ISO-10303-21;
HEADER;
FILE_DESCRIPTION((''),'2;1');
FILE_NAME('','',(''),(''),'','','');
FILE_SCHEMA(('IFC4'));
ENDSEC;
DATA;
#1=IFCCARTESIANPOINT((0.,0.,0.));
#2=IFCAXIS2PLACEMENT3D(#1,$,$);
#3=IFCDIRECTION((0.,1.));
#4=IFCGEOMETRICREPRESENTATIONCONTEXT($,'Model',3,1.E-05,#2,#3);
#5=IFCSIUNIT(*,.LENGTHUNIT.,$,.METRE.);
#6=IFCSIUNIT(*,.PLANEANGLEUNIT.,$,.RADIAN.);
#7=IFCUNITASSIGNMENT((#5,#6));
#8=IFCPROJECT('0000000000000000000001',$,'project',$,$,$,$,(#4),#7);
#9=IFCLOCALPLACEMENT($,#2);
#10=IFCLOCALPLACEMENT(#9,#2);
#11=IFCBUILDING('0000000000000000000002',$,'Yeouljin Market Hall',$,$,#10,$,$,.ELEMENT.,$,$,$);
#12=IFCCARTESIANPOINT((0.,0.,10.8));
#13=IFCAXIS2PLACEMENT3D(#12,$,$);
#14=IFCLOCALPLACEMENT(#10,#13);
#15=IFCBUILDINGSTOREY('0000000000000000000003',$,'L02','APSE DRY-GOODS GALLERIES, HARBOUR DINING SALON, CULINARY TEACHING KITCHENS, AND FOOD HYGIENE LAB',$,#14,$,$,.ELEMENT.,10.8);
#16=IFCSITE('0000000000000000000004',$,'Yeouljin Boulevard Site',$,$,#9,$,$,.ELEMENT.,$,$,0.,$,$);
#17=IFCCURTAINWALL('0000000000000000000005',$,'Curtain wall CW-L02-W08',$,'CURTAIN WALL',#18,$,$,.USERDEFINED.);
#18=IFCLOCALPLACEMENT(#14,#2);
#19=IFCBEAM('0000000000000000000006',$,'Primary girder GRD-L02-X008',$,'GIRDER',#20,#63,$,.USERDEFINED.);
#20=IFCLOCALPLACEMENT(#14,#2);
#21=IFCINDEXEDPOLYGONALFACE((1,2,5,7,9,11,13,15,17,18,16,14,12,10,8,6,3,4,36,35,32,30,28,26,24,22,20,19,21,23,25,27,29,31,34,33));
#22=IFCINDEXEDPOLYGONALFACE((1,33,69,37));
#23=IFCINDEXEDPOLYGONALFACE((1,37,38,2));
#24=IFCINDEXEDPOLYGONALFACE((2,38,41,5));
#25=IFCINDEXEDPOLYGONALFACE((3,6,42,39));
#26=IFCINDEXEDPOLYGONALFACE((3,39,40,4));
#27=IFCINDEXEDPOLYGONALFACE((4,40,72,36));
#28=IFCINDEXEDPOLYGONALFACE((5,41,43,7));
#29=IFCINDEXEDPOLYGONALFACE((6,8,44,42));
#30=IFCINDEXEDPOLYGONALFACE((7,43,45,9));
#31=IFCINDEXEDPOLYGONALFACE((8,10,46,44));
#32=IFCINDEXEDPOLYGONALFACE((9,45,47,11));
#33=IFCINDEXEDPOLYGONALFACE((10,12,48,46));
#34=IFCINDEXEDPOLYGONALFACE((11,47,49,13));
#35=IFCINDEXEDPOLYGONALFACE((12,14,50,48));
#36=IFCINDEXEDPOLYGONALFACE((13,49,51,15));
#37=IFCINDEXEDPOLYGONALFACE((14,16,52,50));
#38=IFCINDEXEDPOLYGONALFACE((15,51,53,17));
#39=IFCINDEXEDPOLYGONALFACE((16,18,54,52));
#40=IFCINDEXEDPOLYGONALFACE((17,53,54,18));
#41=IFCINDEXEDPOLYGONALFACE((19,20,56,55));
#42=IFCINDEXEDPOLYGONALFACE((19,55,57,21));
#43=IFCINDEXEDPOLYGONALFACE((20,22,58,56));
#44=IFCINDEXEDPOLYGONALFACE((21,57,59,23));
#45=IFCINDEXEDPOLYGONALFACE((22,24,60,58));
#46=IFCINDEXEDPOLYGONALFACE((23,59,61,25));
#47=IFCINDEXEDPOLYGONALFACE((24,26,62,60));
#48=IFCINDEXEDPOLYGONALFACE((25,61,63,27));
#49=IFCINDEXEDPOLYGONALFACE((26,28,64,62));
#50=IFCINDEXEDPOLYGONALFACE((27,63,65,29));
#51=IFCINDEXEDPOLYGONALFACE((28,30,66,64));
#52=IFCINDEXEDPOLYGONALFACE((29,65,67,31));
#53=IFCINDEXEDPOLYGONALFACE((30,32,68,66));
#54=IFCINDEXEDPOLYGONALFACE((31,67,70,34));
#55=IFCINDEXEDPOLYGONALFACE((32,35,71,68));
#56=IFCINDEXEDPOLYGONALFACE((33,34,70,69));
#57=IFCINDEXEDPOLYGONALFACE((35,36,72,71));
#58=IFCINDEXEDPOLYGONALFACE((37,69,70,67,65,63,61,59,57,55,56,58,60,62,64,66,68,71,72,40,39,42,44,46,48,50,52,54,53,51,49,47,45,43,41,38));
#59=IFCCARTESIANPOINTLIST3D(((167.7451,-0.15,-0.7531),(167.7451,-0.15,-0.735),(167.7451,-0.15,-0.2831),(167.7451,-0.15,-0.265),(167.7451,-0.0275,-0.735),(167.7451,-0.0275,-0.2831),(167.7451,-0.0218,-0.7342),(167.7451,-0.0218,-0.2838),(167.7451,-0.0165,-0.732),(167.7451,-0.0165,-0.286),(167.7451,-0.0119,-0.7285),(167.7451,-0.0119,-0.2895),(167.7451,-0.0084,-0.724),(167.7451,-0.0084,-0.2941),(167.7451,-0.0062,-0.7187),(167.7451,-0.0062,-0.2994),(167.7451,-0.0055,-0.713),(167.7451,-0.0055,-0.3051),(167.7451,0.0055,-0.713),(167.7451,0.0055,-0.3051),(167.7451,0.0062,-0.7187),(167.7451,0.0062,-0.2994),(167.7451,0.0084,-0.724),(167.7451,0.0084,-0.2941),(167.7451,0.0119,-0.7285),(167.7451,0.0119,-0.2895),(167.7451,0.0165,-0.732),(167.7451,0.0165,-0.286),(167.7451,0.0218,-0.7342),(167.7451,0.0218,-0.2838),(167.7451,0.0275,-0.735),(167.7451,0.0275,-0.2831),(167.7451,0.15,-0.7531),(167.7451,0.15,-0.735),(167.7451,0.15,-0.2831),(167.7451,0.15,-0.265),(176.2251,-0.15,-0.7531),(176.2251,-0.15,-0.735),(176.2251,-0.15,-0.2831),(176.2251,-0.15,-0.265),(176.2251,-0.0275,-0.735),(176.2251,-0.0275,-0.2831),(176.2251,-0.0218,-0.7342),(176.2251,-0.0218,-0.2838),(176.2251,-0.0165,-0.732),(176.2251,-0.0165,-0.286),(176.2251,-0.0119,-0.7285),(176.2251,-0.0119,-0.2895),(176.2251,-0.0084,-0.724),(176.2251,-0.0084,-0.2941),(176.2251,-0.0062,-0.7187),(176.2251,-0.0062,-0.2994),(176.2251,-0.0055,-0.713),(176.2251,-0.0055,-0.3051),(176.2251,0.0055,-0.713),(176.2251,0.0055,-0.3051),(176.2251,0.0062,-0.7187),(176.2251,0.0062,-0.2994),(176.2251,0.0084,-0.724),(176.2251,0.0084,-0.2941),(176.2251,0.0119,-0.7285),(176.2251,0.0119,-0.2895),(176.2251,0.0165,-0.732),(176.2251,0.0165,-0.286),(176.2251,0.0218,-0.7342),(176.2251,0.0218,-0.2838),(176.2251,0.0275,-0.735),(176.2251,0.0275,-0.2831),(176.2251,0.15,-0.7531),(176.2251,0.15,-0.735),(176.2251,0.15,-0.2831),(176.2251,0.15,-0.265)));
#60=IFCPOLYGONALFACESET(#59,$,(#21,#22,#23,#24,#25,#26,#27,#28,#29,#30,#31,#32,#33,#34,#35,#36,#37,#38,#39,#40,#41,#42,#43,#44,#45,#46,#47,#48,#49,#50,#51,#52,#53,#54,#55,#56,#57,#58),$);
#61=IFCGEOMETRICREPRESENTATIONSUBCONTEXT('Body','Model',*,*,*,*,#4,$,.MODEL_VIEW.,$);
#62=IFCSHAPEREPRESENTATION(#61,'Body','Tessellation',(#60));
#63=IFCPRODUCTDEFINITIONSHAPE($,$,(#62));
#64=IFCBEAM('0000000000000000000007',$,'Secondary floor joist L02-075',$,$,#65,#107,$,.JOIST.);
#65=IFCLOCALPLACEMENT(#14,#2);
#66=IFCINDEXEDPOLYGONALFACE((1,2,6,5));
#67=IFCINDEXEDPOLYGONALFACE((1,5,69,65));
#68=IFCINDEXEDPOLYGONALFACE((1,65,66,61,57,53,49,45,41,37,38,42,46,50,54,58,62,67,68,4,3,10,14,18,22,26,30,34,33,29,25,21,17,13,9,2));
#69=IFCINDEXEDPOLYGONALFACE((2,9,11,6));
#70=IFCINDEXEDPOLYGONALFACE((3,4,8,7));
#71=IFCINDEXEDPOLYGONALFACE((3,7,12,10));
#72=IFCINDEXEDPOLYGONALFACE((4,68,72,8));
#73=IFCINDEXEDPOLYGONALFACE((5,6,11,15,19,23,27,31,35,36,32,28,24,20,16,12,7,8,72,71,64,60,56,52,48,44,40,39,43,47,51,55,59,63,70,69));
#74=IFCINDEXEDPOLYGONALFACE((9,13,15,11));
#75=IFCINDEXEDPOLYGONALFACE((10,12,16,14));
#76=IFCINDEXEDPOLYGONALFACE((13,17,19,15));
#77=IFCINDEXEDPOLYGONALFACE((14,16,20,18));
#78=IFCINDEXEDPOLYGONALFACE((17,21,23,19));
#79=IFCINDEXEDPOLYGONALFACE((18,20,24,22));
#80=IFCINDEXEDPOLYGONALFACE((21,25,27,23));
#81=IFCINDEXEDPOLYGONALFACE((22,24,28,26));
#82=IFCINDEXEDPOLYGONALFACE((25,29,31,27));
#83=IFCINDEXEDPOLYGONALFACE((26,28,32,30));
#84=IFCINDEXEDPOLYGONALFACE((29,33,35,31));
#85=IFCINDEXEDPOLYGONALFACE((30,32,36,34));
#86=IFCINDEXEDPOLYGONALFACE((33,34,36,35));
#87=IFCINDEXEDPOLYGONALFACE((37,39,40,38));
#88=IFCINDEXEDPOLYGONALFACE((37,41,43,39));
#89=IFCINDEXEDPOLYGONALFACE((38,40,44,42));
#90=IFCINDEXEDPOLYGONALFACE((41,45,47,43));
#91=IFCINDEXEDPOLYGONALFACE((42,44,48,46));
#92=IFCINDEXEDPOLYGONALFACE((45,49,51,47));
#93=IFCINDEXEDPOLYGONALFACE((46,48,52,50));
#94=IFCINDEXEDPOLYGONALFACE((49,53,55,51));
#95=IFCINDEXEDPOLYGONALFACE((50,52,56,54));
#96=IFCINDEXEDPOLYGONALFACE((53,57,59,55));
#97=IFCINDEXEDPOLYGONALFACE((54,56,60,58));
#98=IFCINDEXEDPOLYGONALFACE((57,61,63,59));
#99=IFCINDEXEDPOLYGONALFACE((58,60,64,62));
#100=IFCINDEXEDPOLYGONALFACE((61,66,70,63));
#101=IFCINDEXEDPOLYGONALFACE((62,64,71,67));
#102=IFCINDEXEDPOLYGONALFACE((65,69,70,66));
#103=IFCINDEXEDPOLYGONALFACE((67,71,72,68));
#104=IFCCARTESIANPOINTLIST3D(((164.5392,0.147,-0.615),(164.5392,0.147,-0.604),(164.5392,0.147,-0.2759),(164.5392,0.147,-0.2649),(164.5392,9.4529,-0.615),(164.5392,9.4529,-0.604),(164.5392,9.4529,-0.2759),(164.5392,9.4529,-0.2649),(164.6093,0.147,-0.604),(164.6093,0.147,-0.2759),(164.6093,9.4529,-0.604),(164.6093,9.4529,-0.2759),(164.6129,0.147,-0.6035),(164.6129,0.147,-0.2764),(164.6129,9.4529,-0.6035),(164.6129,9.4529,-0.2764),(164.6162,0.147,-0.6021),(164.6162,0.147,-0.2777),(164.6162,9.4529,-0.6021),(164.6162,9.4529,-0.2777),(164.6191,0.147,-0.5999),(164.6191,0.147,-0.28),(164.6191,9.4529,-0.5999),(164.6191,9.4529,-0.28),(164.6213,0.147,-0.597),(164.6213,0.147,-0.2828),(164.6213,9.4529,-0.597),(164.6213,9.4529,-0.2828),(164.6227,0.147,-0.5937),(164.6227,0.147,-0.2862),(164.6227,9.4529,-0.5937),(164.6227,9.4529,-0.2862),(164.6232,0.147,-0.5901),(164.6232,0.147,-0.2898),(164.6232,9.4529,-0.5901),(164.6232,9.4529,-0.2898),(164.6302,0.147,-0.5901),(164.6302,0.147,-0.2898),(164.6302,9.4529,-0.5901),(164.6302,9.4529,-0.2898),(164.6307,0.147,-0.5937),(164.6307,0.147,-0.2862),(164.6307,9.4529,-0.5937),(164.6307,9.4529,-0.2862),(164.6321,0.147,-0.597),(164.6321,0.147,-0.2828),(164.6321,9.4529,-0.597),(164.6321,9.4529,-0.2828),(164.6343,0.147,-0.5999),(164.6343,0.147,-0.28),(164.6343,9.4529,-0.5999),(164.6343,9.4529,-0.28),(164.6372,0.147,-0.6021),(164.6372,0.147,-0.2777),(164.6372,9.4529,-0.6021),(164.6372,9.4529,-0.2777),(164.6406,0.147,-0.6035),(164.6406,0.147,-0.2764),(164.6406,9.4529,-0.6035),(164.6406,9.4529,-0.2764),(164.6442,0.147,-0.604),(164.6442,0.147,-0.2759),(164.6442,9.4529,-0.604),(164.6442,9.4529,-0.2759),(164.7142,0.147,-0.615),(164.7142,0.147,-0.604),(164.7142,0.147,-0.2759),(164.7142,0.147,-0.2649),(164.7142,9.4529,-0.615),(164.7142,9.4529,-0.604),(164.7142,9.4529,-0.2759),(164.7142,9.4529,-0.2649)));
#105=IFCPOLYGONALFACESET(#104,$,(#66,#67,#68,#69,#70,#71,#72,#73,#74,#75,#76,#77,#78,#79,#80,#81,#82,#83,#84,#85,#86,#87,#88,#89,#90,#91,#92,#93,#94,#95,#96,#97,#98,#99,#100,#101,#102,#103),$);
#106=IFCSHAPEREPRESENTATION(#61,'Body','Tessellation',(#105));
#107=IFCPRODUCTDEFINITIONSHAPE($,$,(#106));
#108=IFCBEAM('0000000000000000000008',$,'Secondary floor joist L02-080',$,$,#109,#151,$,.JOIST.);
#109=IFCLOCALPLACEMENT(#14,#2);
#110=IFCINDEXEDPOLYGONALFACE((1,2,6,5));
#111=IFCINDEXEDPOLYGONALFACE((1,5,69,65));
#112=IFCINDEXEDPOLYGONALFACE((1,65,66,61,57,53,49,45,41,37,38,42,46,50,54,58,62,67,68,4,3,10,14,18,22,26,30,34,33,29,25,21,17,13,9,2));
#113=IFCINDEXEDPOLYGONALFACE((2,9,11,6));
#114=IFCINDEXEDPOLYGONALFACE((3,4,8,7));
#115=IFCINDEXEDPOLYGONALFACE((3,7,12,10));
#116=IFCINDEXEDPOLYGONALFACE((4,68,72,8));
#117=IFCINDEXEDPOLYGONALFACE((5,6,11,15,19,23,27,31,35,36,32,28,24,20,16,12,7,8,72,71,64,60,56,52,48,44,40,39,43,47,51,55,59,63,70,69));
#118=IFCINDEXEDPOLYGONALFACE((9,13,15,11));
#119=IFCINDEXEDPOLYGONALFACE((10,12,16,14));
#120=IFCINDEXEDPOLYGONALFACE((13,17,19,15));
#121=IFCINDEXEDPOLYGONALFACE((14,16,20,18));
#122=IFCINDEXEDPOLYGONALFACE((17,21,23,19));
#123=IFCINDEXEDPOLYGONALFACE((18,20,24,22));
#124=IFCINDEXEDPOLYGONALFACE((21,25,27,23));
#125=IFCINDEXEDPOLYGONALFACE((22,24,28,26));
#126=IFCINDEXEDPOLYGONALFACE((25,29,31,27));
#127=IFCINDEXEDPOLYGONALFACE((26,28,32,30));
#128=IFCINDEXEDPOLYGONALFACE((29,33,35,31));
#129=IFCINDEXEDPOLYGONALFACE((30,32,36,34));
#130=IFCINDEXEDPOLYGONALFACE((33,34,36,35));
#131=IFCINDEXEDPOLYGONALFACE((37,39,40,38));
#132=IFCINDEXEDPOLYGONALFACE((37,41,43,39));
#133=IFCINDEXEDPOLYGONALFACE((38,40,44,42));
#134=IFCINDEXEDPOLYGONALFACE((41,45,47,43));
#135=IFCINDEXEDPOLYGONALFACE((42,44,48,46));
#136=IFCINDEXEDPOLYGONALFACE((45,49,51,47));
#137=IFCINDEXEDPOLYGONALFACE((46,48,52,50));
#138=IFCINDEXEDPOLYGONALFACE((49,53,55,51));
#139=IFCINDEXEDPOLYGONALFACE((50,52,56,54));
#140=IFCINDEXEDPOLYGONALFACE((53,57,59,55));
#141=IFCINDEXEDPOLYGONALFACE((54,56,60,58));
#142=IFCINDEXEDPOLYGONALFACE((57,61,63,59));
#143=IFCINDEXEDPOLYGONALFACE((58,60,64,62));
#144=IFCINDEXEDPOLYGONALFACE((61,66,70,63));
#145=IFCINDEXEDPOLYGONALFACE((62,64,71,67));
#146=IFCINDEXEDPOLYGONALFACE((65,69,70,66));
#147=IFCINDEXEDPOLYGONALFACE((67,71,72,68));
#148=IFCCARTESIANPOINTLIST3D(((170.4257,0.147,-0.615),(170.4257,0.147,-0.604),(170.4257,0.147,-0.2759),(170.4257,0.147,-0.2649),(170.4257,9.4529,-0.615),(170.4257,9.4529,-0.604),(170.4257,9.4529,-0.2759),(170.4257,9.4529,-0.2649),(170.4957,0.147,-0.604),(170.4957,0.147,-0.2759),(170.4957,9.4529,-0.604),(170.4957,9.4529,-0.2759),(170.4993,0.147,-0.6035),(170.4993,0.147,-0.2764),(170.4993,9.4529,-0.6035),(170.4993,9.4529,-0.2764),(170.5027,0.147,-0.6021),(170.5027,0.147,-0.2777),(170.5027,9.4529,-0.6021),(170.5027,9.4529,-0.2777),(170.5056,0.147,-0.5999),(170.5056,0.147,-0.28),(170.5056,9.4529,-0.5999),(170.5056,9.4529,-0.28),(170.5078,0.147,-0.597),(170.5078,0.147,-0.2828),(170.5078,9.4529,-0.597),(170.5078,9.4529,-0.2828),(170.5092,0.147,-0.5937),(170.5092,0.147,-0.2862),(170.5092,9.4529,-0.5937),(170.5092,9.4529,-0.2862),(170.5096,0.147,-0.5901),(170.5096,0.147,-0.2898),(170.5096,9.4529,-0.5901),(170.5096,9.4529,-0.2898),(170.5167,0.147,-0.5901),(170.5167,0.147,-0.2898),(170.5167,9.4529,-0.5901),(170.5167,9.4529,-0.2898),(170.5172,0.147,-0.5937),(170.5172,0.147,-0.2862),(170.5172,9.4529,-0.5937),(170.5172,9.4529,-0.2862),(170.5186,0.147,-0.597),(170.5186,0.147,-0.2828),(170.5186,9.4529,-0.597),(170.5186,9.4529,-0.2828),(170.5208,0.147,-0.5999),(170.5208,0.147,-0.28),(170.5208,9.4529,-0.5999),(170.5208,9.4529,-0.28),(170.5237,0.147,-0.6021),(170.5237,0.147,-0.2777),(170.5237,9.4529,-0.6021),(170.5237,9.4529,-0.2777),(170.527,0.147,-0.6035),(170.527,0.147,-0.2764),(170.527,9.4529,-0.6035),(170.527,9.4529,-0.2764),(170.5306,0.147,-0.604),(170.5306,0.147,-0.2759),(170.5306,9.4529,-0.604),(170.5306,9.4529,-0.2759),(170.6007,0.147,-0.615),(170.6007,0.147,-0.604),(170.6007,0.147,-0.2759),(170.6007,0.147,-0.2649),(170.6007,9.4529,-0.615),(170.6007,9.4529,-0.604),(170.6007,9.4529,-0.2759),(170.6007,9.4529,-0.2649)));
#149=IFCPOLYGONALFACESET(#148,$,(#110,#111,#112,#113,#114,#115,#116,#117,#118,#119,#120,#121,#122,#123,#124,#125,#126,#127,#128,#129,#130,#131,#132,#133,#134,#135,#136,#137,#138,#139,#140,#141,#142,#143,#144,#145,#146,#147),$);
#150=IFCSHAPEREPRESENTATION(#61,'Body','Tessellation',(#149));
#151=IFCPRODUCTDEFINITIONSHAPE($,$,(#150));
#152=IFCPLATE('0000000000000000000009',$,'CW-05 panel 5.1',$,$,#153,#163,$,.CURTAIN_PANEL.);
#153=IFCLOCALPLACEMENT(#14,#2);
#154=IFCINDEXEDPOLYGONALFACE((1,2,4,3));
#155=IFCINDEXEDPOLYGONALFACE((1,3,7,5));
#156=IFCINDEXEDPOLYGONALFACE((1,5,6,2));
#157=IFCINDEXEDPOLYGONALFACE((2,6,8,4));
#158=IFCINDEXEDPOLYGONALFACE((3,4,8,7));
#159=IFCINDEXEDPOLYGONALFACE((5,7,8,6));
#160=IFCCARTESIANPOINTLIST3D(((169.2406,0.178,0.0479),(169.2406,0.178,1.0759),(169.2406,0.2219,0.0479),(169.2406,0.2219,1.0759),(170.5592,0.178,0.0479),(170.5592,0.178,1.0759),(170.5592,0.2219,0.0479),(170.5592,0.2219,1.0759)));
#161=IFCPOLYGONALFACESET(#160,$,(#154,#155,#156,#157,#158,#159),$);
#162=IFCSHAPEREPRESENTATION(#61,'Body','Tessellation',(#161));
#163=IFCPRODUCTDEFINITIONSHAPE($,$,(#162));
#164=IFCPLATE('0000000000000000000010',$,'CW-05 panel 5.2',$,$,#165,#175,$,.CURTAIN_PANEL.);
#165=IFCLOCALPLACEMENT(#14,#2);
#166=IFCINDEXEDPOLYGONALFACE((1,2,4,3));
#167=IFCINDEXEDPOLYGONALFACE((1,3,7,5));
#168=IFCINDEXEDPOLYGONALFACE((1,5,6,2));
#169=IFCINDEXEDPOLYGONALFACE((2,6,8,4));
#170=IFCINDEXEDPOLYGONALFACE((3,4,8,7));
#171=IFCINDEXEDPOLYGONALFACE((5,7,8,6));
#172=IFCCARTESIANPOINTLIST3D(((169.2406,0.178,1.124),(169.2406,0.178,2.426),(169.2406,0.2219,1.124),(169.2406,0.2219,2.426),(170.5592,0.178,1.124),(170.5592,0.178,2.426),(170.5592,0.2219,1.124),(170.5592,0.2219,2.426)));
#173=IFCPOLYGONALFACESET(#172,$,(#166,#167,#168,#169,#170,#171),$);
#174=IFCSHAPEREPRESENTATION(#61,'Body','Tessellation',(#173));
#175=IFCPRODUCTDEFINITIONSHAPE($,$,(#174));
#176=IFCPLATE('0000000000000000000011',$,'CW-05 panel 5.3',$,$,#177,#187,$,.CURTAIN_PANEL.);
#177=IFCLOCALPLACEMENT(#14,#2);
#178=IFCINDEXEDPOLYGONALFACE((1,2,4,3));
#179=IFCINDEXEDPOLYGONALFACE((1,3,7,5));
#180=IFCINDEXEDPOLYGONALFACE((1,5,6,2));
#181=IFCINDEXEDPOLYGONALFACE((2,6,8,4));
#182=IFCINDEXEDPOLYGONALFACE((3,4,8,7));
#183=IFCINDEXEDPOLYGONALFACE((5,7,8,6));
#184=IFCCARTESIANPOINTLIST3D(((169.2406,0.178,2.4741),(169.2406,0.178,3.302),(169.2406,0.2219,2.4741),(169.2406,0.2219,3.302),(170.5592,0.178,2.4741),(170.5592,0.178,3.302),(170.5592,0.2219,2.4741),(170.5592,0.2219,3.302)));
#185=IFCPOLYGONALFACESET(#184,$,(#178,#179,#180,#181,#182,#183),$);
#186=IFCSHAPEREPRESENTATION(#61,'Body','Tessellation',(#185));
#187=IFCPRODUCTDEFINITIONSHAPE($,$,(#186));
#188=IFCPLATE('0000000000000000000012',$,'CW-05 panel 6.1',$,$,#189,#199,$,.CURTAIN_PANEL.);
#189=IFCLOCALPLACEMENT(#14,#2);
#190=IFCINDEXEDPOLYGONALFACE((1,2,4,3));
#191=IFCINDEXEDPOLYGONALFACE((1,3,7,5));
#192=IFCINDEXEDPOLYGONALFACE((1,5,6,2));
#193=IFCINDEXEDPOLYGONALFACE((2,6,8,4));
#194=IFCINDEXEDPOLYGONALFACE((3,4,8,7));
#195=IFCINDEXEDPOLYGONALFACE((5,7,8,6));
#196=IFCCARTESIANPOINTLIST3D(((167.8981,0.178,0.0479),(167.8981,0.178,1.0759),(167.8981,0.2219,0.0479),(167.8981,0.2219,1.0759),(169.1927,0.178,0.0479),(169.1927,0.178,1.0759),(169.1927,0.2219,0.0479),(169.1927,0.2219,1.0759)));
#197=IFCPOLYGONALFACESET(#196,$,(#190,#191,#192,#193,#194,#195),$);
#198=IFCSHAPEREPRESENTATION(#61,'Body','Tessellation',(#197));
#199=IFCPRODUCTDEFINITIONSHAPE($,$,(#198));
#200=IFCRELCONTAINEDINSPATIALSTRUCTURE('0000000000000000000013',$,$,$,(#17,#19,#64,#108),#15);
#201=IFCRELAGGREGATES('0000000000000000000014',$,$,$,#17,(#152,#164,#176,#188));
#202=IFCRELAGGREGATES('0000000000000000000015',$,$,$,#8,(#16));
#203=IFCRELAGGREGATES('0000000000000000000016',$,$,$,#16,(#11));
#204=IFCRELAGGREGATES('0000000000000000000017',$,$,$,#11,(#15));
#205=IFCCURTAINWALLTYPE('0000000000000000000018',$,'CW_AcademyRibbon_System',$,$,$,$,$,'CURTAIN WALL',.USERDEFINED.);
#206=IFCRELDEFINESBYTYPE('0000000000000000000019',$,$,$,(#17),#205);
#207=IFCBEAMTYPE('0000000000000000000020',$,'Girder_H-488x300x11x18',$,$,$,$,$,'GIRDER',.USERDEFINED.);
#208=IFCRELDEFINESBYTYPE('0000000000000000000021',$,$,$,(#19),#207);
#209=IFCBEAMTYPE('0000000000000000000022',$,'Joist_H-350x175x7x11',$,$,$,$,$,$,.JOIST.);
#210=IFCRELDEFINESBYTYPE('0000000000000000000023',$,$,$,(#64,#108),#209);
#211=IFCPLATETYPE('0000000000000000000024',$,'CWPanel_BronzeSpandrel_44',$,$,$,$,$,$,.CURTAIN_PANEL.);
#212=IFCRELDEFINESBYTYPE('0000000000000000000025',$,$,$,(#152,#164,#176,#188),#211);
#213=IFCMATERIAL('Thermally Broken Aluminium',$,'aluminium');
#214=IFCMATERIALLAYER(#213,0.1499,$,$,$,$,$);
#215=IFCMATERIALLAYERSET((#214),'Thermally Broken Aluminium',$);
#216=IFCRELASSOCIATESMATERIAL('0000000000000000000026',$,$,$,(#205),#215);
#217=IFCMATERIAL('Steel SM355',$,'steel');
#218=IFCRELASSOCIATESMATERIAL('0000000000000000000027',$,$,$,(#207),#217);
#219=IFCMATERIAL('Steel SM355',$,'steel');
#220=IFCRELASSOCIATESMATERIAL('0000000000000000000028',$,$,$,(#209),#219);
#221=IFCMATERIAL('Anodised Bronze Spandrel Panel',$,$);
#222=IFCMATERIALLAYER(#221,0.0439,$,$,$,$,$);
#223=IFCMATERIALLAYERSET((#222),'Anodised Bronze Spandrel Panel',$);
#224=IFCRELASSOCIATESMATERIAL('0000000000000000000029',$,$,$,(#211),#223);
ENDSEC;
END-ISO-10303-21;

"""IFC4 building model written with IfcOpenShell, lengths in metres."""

from ifc_helpers import new_model, si_unit, direction, frame, origin, origin_2d, place, context, subcontext, project, spatial, rectangle, i_section, extrude, material, layer, layer_set, material_profile, profile_set, type_object, element, aggregate, save


model = new_model("IFC4")

# Units and contexts
model_context = context("Model", 3, precision=1e-05, world=origin(), true_north=direction((0.0, 1.0)))
body_context = subcontext(model_context, "Body", "Model", "MODEL_VIEW")
ifc_project = project(units=[si_unit("LENGTHUNIT", "METRE"), si_unit("PLANEANGLEUNIT", "RADIAN")], contexts=[model_context])

# Site, building, storey
site_placement = place(None, origin())
site = spatial("IfcSite", under=ifc_project, at=site_placement, Name="Yeouljin Boulevard Site", CompositionType="ELEMENT", RefElevation=0.0)
building_placement = place(site_placement, origin())
building = spatial("IfcBuilding", under=site, at=building_placement, Name="Yeouljin Market Hall", CompositionType="ELEMENT")
storey_placement = place(building_placement, frame((0.0, 0.0, 10.8)))
storey = spatial("IfcBuildingStorey", under=building, at=storey_placement, Name="L02", Description="APSE DRY-GOODS GALLERIES, HARBOUR DINING SALON, CULINARY TEACHING KITCHENS, AND FOOD HYGIENE LAB", CompositionType="ELEMENT", Elevation=10.8)

# Curtain wall
ifc_material_1 = material(Name="Thermally Broken Aluminium", Category="aluminium")
ifc_layer_1 = layer(ifc_material_1, 0.1499)
ifc_layer_set_1 = layer_set([ifc_layer_1], Name="Thermally Broken Aluminium")
curtain_wall_type = type_object("IfcCurtainWallType", Name="CW_AcademyRibbon_System", ElementType="CURTAIN WALL", PredefinedType="USERDEFINED", material=ifc_layer_set_1)
curtain_wall_placement = place(storey_placement, origin())
curtain_wall = element("IfcCurtainWall", 1, at=curtain_wall_placement, inside=storey, type_object=curtain_wall_type, Name="Curtain wall CW-L02-W08", ObjectType="CURTAIN WALL", PredefinedType="USERDEFINED")

# Beams
ifc_material_2 = material(Name="Steel SM355", Category="steel")
ifc_material_profile_1 = material_profile(ifc_material_2, i_section(OverallWidth=0.3, OverallDepth=0.488, WebThickness=0.011, FlangeThickness=0.0181, FilletRadius=0.022, at=origin_2d()), Name="H-488x300x11x18")
ifc_profile_set_1 = profile_set([ifc_material_profile_1], Name="Steel SM355")
beam_type_1 = type_object("IfcBeamType", Name="Girder_H-488x300x11x18", ElementType="GIRDER", PredefinedType="USERDEFINED", material=ifc_profile_set_1)
beam_1_placement = place(storey_placement, frame((167.7451, 0.0, -0.509), z_axis=(1.0, 0.0, 0.0), x_axis=(0.0, 1.0, 0.0)))
element("IfcBeam", 2, at=beam_1_placement, inside=storey, type_object=beam_type_1, Name="Primary girder GRD-L02-X008", ObjectType="GIRDER", PredefinedType="USERDEFINED", context=body_context, shape_type="SweptSolid", body=[
    extrude(i_section(OverallWidth=0.3, OverallDepth=0.488, WebThickness=0.011, FlangeThickness=0.0181, FilletRadius=0.022, at=origin_2d()), origin(), (0.0, 0.0, 1.0), 8.48),
])
ifc_material_3 = material(Name="Steel SM355", Category="steel")
ifc_material_profile_2 = material_profile(ifc_material_3, i_section(OverallWidth=0.175, OverallDepth=0.3501, WebThickness=0.0071, FlangeThickness=0.011, FilletRadius=0.0139, at=origin_2d()), Name="H-350x175x7x11")
ifc_profile_set_2 = profile_set([ifc_material_profile_2], Name="Steel SM355")
beam_type_2 = type_object("IfcBeamType", Name="Joist_H-350x175x7x11", PredefinedType="JOIST", material=ifc_profile_set_2)
for number, where, z_axis, x_axis, name in (
    (3, (164.6267, 0.147, -0.4399), (0.0, 1.0, 0.0), (-1.0, 0.0, 0.0), "Secondary floor joist L02-075"),
    (4, (170.5132, 0.147, -0.4399), (0.0, 1.0, 0.0), (-1.0, 0.0, 0.0), "Secondary floor joist L02-080"),
):
    element("IfcBeam", number, at=place(storey_placement, frame(where, z_axis=z_axis, x_axis=x_axis)), inside=storey, type_object=beam_type_2, Name=name, PredefinedType="JOIST", context=body_context, shape_type="SweptSolid", body=[
        extrude(i_section(OverallWidth=0.175, OverallDepth=0.3501, WebThickness=0.0071, FlangeThickness=0.011, FilletRadius=0.0139, at=origin_2d()), origin(), (0.0, 0.0, 1.0), 9.3059),
    ])

# Plates
ifc_material_4 = material(Name="Anodised Bronze Spandrel Panel")
ifc_layer_2 = layer(ifc_material_4, 0.0439)
ifc_layer_set_2 = layer_set([ifc_layer_2], Name="Anodised Bronze Spandrel Panel")
plate_type = type_object("IfcPlateType", Name="CWPanel_BronzeSpandrel_44", PredefinedType="CURTAIN_PANEL", material=ifc_layer_set_2)
plate_1_placement = place(storey_placement, frame((169.8999, 0.2, 0.0479), z_axis=(0.0, 0.0, 1.0), x_axis=(-1.0, 0.0, 0.0)))
plate_1 = element("IfcPlate", 5, at=plate_1_placement, type_object=plate_type, Name="CW-05 panel 5.1", PredefinedType="CURTAIN_PANEL", context=body_context, shape_type="SweptSolid", body=[
    extrude(rectangle(XDim=1.3186, YDim=0.0439, at=origin_2d()), origin(), (0.0, 0.0, 1.0), 1.0281),
])
plate_2_placement = place(storey_placement, frame((169.8999, 0.2, 1.124), z_axis=(0.0, 0.0, 1.0), x_axis=(-1.0, 0.0, 0.0)))
plate_2 = element("IfcPlate", 6, at=plate_2_placement, type_object=plate_type, Name="CW-05 panel 5.2", PredefinedType="CURTAIN_PANEL", context=body_context, shape_type="SweptSolid", body=[
    extrude(rectangle(XDim=1.3186, YDim=0.0439, at=origin_2d()), origin(), (0.0, 0.0, 1.0), 1.302),
])
plate_3_placement = place(storey_placement, frame((169.8999, 0.2, 2.4741), z_axis=(0.0, 0.0, 1.0), x_axis=(-1.0, 0.0, 0.0)))
plate_3 = element("IfcPlate", 7, at=plate_3_placement, type_object=plate_type, Name="CW-05 panel 5.3", PredefinedType="CURTAIN_PANEL", context=body_context, shape_type="SweptSolid", body=[
    extrude(rectangle(XDim=1.3186, YDim=0.0439, at=origin_2d()), origin(), (0.0, 0.0, 1.0), 0.8279),
])
plate_4_placement = place(storey_placement, frame((168.5454, 0.2, 0.0479), z_axis=(0.0, 0.0, 1.0), x_axis=(-1.0, 0.0, 0.0)))
plate_4 = element("IfcPlate", 8, at=plate_4_placement, type_object=plate_type, Name="CW-05 panel 6.1", PredefinedType="CURTAIN_PANEL", context=body_context, shape_type="SweptSolid", body=[
    extrude(rectangle(XDim=1.2947, YDim=0.0439, at=origin_2d()), origin(), (0.0, 0.0, 1.0), 1.0281),
])
aggregate(curtain_wall, [plate_1, plate_2, plate_3, plate_4])

save(model, "model.ifc")
